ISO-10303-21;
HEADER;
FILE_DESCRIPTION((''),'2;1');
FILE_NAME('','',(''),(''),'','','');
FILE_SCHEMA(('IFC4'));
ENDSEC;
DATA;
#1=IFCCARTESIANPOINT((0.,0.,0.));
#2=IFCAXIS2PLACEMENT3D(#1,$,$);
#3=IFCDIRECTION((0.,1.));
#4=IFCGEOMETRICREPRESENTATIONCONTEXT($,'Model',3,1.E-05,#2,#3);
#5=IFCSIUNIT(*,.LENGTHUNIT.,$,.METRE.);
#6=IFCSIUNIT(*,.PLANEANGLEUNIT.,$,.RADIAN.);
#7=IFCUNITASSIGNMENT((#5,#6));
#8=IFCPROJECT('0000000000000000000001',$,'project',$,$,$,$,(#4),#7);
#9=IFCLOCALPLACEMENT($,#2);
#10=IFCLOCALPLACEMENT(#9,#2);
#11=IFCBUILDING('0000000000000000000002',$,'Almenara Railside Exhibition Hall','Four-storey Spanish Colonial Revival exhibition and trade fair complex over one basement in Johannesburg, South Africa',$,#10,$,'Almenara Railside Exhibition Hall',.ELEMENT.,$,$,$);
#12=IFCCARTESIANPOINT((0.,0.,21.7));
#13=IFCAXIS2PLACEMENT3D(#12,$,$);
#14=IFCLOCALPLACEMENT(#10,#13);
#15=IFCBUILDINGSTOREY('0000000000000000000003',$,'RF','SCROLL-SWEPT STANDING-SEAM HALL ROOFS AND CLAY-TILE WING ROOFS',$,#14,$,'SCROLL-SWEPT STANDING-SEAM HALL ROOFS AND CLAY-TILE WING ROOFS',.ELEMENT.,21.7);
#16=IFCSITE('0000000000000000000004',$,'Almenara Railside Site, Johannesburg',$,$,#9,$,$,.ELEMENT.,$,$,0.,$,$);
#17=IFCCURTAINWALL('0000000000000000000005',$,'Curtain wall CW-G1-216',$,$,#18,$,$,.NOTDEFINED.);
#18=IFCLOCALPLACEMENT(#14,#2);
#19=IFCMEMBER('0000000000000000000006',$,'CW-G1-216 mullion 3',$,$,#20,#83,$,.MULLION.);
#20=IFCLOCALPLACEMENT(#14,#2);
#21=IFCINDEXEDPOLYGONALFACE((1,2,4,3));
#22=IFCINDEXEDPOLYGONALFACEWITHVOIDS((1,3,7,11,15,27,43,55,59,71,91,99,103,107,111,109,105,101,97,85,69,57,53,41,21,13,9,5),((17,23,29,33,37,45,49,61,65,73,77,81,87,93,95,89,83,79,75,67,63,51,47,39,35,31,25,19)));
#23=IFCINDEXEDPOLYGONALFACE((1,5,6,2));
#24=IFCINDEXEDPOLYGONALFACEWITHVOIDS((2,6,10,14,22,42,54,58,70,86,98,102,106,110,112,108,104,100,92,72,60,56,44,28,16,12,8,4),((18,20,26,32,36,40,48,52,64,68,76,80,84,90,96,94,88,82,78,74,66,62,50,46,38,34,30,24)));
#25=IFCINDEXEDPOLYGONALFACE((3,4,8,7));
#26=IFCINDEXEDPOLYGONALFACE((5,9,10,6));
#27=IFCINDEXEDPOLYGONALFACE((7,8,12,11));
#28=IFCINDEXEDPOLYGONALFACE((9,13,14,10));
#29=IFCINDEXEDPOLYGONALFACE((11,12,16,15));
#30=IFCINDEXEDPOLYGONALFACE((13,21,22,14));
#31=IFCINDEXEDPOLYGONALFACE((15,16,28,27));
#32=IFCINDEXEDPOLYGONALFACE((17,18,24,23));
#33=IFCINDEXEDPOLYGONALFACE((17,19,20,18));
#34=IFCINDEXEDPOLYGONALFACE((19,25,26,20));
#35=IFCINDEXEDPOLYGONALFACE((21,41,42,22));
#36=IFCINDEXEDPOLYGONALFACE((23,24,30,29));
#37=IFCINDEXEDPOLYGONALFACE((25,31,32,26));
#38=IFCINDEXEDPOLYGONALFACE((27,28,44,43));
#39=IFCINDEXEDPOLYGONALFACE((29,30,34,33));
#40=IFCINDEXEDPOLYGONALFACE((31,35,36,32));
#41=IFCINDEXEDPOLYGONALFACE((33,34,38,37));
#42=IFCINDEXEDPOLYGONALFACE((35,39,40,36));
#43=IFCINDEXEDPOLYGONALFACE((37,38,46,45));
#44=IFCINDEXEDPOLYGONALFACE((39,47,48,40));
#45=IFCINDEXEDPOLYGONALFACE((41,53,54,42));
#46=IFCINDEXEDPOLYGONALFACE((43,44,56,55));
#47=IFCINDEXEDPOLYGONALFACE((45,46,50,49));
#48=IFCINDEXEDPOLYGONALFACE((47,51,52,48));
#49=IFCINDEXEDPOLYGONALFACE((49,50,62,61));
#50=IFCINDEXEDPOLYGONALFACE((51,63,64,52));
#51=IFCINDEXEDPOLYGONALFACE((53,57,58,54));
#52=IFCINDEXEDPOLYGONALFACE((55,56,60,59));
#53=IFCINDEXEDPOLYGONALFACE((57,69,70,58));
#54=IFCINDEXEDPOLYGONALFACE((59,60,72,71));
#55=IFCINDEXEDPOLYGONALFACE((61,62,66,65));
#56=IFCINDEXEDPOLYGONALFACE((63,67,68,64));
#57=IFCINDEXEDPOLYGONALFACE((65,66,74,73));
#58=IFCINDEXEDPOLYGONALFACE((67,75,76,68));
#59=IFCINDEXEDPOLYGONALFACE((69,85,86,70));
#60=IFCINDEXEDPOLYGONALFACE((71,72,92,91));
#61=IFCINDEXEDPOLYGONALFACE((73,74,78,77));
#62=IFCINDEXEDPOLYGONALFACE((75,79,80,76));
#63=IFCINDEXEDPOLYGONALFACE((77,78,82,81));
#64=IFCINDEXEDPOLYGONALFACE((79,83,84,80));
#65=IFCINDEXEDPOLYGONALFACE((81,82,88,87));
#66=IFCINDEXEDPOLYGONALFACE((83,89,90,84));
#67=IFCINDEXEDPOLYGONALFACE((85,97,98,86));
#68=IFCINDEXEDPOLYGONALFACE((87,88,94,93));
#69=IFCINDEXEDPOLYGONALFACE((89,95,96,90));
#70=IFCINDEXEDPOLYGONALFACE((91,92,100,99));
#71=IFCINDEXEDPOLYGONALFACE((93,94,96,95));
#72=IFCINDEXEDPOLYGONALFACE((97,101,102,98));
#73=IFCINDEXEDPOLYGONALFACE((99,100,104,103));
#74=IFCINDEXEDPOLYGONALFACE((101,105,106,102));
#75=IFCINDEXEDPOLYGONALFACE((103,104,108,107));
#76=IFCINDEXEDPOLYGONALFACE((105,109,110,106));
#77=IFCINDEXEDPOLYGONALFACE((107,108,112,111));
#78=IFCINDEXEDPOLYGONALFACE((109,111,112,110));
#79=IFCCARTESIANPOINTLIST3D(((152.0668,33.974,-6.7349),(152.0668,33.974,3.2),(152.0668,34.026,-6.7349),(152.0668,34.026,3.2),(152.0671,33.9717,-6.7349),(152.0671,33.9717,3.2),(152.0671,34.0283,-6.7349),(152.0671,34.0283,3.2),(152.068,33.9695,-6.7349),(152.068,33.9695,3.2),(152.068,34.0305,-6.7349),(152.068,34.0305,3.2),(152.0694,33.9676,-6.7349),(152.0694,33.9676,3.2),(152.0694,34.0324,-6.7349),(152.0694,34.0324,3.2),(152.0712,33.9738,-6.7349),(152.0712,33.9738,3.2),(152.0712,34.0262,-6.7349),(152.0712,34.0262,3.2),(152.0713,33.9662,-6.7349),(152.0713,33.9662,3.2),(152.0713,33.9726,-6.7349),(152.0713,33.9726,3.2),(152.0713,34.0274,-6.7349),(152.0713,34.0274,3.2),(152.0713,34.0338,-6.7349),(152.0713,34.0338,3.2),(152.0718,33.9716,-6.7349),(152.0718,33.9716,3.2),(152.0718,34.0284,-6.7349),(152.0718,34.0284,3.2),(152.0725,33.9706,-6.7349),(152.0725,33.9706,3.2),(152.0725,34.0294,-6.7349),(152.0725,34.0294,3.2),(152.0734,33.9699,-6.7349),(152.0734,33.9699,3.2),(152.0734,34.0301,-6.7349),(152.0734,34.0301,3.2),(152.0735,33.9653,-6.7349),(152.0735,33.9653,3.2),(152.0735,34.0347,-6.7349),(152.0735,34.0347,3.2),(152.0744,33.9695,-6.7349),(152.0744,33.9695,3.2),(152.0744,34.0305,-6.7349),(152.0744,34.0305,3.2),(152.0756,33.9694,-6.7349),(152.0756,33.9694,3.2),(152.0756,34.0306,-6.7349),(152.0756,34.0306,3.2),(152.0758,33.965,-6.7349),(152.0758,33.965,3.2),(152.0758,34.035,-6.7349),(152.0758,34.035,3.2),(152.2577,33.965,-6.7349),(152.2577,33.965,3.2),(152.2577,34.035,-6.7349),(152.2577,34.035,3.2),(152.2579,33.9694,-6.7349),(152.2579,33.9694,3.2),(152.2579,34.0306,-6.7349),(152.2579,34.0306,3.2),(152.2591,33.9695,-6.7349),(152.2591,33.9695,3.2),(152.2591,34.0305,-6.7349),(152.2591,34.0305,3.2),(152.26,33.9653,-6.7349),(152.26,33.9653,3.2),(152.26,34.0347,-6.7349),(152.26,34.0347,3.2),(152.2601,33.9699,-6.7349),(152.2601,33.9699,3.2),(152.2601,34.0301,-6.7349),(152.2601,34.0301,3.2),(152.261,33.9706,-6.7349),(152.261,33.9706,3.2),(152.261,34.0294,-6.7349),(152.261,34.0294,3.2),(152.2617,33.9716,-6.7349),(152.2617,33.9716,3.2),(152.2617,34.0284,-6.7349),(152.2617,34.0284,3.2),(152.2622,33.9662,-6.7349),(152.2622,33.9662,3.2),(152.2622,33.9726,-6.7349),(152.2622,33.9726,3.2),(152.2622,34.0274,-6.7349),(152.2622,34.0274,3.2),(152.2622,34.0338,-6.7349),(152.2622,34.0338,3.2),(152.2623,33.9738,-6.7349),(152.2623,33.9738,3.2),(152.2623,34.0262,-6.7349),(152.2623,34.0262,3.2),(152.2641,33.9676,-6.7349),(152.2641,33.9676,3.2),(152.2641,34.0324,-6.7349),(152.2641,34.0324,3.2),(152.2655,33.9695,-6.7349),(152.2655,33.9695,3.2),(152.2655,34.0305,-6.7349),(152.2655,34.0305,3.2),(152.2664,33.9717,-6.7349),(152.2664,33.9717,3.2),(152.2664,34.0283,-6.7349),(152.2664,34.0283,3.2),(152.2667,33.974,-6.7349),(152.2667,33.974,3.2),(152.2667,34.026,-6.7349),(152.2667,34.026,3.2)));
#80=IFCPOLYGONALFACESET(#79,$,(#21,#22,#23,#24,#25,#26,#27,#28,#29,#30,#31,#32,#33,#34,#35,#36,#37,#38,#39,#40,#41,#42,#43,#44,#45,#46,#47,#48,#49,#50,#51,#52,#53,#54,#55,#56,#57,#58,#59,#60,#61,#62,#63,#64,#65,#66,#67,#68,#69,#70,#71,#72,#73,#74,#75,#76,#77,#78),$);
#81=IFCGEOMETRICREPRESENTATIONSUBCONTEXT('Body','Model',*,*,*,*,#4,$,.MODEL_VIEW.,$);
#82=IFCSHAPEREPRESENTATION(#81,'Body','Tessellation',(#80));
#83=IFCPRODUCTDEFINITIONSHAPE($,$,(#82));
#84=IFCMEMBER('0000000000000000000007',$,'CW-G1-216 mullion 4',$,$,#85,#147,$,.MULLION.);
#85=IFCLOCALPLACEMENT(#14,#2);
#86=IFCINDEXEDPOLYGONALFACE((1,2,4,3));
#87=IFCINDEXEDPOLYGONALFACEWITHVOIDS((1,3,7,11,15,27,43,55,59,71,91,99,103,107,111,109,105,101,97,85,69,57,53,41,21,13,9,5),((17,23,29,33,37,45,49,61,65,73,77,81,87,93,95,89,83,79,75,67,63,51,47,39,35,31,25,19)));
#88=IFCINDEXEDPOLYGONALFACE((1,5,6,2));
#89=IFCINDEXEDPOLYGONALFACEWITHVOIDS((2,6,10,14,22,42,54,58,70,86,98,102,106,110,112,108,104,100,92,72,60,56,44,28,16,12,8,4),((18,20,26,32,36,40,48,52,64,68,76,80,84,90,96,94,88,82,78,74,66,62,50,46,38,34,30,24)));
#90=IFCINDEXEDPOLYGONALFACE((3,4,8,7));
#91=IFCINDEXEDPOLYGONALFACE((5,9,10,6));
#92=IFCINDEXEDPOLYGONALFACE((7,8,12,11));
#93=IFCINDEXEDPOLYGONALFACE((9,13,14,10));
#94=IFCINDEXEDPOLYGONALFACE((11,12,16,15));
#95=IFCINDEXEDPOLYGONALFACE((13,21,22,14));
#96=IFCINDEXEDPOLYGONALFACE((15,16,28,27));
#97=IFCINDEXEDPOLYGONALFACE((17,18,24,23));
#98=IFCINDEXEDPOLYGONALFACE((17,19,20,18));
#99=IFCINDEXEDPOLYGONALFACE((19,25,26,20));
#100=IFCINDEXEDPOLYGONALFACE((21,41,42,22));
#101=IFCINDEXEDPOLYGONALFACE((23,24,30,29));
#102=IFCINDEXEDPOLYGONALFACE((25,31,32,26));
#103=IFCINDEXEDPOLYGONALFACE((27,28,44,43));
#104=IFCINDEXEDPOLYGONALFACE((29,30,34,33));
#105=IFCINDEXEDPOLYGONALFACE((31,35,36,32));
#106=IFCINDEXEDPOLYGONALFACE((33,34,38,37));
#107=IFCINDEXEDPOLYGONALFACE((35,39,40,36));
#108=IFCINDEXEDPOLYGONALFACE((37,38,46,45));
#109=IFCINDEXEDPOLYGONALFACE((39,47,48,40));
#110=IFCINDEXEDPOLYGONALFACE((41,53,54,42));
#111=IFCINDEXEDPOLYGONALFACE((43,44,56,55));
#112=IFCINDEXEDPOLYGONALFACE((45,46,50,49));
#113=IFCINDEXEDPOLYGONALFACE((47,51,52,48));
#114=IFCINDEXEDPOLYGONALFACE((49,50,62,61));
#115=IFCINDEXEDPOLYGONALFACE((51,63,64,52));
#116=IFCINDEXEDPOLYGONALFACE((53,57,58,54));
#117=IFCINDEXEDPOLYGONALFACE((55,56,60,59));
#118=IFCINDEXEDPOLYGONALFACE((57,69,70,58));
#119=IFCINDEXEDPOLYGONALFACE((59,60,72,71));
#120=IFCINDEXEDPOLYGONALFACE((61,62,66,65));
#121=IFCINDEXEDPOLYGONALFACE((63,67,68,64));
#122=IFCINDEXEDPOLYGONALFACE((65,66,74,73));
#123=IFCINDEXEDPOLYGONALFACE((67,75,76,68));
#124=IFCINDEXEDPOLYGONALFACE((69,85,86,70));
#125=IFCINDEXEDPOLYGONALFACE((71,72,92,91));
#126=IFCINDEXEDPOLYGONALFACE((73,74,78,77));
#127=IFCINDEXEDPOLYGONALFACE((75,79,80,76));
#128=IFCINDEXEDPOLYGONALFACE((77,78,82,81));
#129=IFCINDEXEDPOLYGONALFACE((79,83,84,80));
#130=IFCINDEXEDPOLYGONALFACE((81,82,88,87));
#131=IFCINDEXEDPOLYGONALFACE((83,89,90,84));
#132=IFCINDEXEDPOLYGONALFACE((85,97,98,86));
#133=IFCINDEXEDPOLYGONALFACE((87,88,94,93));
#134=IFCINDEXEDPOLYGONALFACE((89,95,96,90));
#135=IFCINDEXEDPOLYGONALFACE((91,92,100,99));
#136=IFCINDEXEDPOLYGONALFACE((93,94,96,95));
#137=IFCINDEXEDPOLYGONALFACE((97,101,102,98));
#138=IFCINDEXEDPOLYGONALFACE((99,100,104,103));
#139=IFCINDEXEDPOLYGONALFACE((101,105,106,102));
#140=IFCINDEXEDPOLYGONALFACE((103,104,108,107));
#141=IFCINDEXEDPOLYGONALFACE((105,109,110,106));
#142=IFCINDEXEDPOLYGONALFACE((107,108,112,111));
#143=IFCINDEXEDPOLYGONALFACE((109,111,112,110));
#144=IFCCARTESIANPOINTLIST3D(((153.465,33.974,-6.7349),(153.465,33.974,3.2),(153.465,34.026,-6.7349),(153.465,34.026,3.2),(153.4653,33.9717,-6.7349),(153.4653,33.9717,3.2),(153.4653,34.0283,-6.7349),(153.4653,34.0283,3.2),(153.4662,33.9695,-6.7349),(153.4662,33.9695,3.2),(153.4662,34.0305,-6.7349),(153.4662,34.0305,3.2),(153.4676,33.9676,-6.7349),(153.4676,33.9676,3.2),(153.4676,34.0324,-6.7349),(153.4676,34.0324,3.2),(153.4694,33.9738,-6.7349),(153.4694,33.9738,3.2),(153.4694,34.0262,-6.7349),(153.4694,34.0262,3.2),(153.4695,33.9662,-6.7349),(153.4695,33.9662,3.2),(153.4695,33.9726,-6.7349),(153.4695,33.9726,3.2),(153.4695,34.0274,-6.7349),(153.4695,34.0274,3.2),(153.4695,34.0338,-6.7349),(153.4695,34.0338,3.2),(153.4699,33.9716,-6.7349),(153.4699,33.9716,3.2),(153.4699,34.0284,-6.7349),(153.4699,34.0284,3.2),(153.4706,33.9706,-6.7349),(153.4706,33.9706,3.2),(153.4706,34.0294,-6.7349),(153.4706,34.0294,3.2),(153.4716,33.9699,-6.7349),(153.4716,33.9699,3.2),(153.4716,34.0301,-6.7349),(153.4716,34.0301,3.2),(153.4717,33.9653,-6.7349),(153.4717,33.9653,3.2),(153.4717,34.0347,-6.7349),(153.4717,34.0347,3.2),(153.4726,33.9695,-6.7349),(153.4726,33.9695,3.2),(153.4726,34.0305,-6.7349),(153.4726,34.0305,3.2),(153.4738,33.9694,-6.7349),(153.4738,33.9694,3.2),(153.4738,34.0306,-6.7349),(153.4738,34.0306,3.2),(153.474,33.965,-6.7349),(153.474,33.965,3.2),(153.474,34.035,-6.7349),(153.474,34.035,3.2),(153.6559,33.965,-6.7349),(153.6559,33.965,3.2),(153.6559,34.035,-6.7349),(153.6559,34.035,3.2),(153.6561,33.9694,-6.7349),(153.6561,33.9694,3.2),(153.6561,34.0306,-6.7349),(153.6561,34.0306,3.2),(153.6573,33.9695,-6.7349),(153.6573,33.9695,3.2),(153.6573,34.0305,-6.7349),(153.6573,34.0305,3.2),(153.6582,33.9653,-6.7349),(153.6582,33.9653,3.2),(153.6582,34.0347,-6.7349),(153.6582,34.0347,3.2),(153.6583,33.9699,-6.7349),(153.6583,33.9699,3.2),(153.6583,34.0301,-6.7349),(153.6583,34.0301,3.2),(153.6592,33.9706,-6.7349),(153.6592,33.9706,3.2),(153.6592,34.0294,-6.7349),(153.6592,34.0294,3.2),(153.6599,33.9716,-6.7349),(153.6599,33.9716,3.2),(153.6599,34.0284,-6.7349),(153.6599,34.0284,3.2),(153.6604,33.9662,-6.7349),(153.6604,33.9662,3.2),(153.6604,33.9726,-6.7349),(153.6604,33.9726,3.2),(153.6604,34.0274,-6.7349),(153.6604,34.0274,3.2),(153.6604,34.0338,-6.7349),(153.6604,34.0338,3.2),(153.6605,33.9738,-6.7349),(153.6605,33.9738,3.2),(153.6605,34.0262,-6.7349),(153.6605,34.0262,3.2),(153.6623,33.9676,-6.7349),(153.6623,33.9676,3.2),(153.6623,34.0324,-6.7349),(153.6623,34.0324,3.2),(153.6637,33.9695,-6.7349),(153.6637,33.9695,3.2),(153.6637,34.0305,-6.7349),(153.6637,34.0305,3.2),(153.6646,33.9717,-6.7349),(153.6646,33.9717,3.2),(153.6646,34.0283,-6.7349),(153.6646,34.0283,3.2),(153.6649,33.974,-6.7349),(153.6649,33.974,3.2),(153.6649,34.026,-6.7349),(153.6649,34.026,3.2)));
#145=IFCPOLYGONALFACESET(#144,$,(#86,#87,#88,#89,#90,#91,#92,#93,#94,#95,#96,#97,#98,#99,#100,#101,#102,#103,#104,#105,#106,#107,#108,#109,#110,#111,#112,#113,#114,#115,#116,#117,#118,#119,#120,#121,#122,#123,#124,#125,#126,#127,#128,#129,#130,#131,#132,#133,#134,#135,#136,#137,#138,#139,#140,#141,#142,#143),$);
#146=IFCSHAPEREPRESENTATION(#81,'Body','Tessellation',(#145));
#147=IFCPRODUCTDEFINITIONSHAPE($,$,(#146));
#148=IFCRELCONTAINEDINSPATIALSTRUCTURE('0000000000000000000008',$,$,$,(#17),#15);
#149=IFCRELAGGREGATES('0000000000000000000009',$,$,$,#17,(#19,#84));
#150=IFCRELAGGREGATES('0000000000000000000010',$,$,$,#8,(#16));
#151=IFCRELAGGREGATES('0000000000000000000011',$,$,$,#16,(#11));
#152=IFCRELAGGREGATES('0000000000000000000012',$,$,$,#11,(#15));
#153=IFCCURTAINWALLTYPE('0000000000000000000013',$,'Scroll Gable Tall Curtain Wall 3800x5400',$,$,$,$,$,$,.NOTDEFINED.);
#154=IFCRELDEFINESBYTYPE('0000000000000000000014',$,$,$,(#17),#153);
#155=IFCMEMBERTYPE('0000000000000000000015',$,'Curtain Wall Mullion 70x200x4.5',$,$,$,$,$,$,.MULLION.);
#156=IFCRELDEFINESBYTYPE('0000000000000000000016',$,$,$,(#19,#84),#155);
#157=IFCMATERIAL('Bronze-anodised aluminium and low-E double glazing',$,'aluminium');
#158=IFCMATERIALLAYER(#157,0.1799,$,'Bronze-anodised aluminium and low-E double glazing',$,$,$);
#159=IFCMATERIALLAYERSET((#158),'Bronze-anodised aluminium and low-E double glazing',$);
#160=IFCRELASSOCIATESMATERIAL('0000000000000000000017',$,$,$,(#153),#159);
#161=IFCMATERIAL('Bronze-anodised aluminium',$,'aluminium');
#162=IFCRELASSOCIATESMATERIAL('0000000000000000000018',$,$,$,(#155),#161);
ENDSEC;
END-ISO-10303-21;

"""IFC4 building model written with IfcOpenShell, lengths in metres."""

from ifc_helpers import new_model, si_unit, direction, frame, origin, origin_2d, place, context, subcontext, project, spatial, hollow_rectangle, extrude, material, layer, layer_set, material_profile, profile_set, type_object, element, aggregate, save


model = new_model("IFC4")

# Units and contexts
model_context = context("Model", 3, precision=1e-05, world=origin(), true_north=direction((0.0, 1.0)))
body_context = subcontext(model_context, "Body", "Model", "MODEL_VIEW")
ifc_project = project(units=[si_unit("LENGTHUNIT", "METRE"), si_unit("PLANEANGLEUNIT", "RADIAN")], contexts=[model_context])

# Site, building, storey
site_placement = place(None, origin())
site = spatial("IfcSite", under=ifc_project, at=site_placement, Name="Almenara Railside Site, Johannesburg", CompositionType="ELEMENT", RefElevation=0.0)
building_placement = place(site_placement, origin())
building = spatial("IfcBuilding", under=site, at=building_placement, Name="Almenara Railside Exhibition Hall", Description="Four-storey Spanish Colonial Revival exhibition and trade fair complex over one basement in Johannesburg, South Africa", LongName="Almenara Railside Exhibition Hall", CompositionType="ELEMENT")
storey_placement = place(building_placement, frame((0.0, 0.0, 21.7)))
storey = spatial("IfcBuildingStorey", under=building, at=storey_placement, Name="RF", Description="SCROLL-SWEPT STANDING-SEAM HALL ROOFS AND CLAY-TILE WING ROOFS", LongName="SCROLL-SWEPT STANDING-SEAM HALL ROOFS AND CLAY-TILE WING ROOFS", CompositionType="ELEMENT", Elevation=21.7)

# Curtain wall, members
ifc_material_1 = material(Name="Bronze-anodised aluminium and low-E double glazing", Category="aluminium")
ifc_layer_1 = layer(ifc_material_1, 0.1799, Name="Bronze-anodised aluminium and low-E double glazing")
ifc_layer_set_1 = layer_set([ifc_layer_1], Name="Bronze-anodised aluminium and low-E double glazing")
curtain_wall_type = type_object("IfcCurtainWallType", Name="Scroll Gable Tall Curtain Wall 3800x5400", PredefinedType="NOTDEFINED", material=ifc_layer_set_1)
ifc_material_2 = material(Name="Bronze-anodised aluminium", Category="aluminium")
curtain_wall_1_placement = place(storey_placement, origin())
curtain_wall_1 = element("IfcCurtainWall", 1, at=curtain_wall_1_placement, inside=storey, type_object=curtain_wall_type, Name="Curtain wall CW-G1-216", PredefinedType="NOTDEFINED")
ifc_material_profile_1 = material_profile(ifc_material_2, hollow_rectangle(XDim=0.0701, YDim=0.2, WallThickness=0.0044, InnerFilletRadius=0.0044, OuterFilletRadius=0.009, at=origin_2d()), Name="ALU-MUL 70x200x4.5")
ifc_profile_set_1 = profile_set([ifc_material_profile_1], Name="Bronze-anodised aluminium")
member_type_1 = type_object("IfcMemberType", Name="Curtain Wall Mullion 70x200x4.5", PredefinedType="MULLION", material=ifc_profile_set_1)
member_1_placement = place(storey_placement, frame((152.1667, 34.0, -6.7349), z_axis=(0.0, 0.0, 1.0), x_axis=(0.0, 1.0, 0.0)))
member_1 = element("IfcMember", 2, at=member_1_placement, type_object=member_type_1, Name="CW-G1-216 mullion 3", PredefinedType="MULLION", context=body_context, shape_type="SweptSolid", body=[
    extrude(hollow_rectangle(XDim=0.0701, YDim=0.2, WallThickness=0.0044, InnerFilletRadius=0.0044, OuterFilletRadius=0.009, at=origin_2d()), origin(), (0.0, 0.0, 1.0), 9.9348),
])
member_2_placement = place(storey_placement, frame((153.5649, 34.0, -6.7349), z_axis=(0.0, 0.0, 1.0), x_axis=(0.0, 1.0, 0.0)))
member_2 = element("IfcMember", 3, at=member_2_placement, type_object=member_type_1, Name="CW-G1-216 mullion 4", PredefinedType="MULLION", context=body_context, shape_type="SweptSolid", body=[
    extrude(hollow_rectangle(XDim=0.0701, YDim=0.2, WallThickness=0.0044, InnerFilletRadius=0.0044, OuterFilletRadius=0.009, at=origin_2d()), origin(), (0.0, 0.0, 1.0), 9.9348),
])

aggregate(curtain_wall_1, [member_1, member_2])

save(model, "model.ifc")
